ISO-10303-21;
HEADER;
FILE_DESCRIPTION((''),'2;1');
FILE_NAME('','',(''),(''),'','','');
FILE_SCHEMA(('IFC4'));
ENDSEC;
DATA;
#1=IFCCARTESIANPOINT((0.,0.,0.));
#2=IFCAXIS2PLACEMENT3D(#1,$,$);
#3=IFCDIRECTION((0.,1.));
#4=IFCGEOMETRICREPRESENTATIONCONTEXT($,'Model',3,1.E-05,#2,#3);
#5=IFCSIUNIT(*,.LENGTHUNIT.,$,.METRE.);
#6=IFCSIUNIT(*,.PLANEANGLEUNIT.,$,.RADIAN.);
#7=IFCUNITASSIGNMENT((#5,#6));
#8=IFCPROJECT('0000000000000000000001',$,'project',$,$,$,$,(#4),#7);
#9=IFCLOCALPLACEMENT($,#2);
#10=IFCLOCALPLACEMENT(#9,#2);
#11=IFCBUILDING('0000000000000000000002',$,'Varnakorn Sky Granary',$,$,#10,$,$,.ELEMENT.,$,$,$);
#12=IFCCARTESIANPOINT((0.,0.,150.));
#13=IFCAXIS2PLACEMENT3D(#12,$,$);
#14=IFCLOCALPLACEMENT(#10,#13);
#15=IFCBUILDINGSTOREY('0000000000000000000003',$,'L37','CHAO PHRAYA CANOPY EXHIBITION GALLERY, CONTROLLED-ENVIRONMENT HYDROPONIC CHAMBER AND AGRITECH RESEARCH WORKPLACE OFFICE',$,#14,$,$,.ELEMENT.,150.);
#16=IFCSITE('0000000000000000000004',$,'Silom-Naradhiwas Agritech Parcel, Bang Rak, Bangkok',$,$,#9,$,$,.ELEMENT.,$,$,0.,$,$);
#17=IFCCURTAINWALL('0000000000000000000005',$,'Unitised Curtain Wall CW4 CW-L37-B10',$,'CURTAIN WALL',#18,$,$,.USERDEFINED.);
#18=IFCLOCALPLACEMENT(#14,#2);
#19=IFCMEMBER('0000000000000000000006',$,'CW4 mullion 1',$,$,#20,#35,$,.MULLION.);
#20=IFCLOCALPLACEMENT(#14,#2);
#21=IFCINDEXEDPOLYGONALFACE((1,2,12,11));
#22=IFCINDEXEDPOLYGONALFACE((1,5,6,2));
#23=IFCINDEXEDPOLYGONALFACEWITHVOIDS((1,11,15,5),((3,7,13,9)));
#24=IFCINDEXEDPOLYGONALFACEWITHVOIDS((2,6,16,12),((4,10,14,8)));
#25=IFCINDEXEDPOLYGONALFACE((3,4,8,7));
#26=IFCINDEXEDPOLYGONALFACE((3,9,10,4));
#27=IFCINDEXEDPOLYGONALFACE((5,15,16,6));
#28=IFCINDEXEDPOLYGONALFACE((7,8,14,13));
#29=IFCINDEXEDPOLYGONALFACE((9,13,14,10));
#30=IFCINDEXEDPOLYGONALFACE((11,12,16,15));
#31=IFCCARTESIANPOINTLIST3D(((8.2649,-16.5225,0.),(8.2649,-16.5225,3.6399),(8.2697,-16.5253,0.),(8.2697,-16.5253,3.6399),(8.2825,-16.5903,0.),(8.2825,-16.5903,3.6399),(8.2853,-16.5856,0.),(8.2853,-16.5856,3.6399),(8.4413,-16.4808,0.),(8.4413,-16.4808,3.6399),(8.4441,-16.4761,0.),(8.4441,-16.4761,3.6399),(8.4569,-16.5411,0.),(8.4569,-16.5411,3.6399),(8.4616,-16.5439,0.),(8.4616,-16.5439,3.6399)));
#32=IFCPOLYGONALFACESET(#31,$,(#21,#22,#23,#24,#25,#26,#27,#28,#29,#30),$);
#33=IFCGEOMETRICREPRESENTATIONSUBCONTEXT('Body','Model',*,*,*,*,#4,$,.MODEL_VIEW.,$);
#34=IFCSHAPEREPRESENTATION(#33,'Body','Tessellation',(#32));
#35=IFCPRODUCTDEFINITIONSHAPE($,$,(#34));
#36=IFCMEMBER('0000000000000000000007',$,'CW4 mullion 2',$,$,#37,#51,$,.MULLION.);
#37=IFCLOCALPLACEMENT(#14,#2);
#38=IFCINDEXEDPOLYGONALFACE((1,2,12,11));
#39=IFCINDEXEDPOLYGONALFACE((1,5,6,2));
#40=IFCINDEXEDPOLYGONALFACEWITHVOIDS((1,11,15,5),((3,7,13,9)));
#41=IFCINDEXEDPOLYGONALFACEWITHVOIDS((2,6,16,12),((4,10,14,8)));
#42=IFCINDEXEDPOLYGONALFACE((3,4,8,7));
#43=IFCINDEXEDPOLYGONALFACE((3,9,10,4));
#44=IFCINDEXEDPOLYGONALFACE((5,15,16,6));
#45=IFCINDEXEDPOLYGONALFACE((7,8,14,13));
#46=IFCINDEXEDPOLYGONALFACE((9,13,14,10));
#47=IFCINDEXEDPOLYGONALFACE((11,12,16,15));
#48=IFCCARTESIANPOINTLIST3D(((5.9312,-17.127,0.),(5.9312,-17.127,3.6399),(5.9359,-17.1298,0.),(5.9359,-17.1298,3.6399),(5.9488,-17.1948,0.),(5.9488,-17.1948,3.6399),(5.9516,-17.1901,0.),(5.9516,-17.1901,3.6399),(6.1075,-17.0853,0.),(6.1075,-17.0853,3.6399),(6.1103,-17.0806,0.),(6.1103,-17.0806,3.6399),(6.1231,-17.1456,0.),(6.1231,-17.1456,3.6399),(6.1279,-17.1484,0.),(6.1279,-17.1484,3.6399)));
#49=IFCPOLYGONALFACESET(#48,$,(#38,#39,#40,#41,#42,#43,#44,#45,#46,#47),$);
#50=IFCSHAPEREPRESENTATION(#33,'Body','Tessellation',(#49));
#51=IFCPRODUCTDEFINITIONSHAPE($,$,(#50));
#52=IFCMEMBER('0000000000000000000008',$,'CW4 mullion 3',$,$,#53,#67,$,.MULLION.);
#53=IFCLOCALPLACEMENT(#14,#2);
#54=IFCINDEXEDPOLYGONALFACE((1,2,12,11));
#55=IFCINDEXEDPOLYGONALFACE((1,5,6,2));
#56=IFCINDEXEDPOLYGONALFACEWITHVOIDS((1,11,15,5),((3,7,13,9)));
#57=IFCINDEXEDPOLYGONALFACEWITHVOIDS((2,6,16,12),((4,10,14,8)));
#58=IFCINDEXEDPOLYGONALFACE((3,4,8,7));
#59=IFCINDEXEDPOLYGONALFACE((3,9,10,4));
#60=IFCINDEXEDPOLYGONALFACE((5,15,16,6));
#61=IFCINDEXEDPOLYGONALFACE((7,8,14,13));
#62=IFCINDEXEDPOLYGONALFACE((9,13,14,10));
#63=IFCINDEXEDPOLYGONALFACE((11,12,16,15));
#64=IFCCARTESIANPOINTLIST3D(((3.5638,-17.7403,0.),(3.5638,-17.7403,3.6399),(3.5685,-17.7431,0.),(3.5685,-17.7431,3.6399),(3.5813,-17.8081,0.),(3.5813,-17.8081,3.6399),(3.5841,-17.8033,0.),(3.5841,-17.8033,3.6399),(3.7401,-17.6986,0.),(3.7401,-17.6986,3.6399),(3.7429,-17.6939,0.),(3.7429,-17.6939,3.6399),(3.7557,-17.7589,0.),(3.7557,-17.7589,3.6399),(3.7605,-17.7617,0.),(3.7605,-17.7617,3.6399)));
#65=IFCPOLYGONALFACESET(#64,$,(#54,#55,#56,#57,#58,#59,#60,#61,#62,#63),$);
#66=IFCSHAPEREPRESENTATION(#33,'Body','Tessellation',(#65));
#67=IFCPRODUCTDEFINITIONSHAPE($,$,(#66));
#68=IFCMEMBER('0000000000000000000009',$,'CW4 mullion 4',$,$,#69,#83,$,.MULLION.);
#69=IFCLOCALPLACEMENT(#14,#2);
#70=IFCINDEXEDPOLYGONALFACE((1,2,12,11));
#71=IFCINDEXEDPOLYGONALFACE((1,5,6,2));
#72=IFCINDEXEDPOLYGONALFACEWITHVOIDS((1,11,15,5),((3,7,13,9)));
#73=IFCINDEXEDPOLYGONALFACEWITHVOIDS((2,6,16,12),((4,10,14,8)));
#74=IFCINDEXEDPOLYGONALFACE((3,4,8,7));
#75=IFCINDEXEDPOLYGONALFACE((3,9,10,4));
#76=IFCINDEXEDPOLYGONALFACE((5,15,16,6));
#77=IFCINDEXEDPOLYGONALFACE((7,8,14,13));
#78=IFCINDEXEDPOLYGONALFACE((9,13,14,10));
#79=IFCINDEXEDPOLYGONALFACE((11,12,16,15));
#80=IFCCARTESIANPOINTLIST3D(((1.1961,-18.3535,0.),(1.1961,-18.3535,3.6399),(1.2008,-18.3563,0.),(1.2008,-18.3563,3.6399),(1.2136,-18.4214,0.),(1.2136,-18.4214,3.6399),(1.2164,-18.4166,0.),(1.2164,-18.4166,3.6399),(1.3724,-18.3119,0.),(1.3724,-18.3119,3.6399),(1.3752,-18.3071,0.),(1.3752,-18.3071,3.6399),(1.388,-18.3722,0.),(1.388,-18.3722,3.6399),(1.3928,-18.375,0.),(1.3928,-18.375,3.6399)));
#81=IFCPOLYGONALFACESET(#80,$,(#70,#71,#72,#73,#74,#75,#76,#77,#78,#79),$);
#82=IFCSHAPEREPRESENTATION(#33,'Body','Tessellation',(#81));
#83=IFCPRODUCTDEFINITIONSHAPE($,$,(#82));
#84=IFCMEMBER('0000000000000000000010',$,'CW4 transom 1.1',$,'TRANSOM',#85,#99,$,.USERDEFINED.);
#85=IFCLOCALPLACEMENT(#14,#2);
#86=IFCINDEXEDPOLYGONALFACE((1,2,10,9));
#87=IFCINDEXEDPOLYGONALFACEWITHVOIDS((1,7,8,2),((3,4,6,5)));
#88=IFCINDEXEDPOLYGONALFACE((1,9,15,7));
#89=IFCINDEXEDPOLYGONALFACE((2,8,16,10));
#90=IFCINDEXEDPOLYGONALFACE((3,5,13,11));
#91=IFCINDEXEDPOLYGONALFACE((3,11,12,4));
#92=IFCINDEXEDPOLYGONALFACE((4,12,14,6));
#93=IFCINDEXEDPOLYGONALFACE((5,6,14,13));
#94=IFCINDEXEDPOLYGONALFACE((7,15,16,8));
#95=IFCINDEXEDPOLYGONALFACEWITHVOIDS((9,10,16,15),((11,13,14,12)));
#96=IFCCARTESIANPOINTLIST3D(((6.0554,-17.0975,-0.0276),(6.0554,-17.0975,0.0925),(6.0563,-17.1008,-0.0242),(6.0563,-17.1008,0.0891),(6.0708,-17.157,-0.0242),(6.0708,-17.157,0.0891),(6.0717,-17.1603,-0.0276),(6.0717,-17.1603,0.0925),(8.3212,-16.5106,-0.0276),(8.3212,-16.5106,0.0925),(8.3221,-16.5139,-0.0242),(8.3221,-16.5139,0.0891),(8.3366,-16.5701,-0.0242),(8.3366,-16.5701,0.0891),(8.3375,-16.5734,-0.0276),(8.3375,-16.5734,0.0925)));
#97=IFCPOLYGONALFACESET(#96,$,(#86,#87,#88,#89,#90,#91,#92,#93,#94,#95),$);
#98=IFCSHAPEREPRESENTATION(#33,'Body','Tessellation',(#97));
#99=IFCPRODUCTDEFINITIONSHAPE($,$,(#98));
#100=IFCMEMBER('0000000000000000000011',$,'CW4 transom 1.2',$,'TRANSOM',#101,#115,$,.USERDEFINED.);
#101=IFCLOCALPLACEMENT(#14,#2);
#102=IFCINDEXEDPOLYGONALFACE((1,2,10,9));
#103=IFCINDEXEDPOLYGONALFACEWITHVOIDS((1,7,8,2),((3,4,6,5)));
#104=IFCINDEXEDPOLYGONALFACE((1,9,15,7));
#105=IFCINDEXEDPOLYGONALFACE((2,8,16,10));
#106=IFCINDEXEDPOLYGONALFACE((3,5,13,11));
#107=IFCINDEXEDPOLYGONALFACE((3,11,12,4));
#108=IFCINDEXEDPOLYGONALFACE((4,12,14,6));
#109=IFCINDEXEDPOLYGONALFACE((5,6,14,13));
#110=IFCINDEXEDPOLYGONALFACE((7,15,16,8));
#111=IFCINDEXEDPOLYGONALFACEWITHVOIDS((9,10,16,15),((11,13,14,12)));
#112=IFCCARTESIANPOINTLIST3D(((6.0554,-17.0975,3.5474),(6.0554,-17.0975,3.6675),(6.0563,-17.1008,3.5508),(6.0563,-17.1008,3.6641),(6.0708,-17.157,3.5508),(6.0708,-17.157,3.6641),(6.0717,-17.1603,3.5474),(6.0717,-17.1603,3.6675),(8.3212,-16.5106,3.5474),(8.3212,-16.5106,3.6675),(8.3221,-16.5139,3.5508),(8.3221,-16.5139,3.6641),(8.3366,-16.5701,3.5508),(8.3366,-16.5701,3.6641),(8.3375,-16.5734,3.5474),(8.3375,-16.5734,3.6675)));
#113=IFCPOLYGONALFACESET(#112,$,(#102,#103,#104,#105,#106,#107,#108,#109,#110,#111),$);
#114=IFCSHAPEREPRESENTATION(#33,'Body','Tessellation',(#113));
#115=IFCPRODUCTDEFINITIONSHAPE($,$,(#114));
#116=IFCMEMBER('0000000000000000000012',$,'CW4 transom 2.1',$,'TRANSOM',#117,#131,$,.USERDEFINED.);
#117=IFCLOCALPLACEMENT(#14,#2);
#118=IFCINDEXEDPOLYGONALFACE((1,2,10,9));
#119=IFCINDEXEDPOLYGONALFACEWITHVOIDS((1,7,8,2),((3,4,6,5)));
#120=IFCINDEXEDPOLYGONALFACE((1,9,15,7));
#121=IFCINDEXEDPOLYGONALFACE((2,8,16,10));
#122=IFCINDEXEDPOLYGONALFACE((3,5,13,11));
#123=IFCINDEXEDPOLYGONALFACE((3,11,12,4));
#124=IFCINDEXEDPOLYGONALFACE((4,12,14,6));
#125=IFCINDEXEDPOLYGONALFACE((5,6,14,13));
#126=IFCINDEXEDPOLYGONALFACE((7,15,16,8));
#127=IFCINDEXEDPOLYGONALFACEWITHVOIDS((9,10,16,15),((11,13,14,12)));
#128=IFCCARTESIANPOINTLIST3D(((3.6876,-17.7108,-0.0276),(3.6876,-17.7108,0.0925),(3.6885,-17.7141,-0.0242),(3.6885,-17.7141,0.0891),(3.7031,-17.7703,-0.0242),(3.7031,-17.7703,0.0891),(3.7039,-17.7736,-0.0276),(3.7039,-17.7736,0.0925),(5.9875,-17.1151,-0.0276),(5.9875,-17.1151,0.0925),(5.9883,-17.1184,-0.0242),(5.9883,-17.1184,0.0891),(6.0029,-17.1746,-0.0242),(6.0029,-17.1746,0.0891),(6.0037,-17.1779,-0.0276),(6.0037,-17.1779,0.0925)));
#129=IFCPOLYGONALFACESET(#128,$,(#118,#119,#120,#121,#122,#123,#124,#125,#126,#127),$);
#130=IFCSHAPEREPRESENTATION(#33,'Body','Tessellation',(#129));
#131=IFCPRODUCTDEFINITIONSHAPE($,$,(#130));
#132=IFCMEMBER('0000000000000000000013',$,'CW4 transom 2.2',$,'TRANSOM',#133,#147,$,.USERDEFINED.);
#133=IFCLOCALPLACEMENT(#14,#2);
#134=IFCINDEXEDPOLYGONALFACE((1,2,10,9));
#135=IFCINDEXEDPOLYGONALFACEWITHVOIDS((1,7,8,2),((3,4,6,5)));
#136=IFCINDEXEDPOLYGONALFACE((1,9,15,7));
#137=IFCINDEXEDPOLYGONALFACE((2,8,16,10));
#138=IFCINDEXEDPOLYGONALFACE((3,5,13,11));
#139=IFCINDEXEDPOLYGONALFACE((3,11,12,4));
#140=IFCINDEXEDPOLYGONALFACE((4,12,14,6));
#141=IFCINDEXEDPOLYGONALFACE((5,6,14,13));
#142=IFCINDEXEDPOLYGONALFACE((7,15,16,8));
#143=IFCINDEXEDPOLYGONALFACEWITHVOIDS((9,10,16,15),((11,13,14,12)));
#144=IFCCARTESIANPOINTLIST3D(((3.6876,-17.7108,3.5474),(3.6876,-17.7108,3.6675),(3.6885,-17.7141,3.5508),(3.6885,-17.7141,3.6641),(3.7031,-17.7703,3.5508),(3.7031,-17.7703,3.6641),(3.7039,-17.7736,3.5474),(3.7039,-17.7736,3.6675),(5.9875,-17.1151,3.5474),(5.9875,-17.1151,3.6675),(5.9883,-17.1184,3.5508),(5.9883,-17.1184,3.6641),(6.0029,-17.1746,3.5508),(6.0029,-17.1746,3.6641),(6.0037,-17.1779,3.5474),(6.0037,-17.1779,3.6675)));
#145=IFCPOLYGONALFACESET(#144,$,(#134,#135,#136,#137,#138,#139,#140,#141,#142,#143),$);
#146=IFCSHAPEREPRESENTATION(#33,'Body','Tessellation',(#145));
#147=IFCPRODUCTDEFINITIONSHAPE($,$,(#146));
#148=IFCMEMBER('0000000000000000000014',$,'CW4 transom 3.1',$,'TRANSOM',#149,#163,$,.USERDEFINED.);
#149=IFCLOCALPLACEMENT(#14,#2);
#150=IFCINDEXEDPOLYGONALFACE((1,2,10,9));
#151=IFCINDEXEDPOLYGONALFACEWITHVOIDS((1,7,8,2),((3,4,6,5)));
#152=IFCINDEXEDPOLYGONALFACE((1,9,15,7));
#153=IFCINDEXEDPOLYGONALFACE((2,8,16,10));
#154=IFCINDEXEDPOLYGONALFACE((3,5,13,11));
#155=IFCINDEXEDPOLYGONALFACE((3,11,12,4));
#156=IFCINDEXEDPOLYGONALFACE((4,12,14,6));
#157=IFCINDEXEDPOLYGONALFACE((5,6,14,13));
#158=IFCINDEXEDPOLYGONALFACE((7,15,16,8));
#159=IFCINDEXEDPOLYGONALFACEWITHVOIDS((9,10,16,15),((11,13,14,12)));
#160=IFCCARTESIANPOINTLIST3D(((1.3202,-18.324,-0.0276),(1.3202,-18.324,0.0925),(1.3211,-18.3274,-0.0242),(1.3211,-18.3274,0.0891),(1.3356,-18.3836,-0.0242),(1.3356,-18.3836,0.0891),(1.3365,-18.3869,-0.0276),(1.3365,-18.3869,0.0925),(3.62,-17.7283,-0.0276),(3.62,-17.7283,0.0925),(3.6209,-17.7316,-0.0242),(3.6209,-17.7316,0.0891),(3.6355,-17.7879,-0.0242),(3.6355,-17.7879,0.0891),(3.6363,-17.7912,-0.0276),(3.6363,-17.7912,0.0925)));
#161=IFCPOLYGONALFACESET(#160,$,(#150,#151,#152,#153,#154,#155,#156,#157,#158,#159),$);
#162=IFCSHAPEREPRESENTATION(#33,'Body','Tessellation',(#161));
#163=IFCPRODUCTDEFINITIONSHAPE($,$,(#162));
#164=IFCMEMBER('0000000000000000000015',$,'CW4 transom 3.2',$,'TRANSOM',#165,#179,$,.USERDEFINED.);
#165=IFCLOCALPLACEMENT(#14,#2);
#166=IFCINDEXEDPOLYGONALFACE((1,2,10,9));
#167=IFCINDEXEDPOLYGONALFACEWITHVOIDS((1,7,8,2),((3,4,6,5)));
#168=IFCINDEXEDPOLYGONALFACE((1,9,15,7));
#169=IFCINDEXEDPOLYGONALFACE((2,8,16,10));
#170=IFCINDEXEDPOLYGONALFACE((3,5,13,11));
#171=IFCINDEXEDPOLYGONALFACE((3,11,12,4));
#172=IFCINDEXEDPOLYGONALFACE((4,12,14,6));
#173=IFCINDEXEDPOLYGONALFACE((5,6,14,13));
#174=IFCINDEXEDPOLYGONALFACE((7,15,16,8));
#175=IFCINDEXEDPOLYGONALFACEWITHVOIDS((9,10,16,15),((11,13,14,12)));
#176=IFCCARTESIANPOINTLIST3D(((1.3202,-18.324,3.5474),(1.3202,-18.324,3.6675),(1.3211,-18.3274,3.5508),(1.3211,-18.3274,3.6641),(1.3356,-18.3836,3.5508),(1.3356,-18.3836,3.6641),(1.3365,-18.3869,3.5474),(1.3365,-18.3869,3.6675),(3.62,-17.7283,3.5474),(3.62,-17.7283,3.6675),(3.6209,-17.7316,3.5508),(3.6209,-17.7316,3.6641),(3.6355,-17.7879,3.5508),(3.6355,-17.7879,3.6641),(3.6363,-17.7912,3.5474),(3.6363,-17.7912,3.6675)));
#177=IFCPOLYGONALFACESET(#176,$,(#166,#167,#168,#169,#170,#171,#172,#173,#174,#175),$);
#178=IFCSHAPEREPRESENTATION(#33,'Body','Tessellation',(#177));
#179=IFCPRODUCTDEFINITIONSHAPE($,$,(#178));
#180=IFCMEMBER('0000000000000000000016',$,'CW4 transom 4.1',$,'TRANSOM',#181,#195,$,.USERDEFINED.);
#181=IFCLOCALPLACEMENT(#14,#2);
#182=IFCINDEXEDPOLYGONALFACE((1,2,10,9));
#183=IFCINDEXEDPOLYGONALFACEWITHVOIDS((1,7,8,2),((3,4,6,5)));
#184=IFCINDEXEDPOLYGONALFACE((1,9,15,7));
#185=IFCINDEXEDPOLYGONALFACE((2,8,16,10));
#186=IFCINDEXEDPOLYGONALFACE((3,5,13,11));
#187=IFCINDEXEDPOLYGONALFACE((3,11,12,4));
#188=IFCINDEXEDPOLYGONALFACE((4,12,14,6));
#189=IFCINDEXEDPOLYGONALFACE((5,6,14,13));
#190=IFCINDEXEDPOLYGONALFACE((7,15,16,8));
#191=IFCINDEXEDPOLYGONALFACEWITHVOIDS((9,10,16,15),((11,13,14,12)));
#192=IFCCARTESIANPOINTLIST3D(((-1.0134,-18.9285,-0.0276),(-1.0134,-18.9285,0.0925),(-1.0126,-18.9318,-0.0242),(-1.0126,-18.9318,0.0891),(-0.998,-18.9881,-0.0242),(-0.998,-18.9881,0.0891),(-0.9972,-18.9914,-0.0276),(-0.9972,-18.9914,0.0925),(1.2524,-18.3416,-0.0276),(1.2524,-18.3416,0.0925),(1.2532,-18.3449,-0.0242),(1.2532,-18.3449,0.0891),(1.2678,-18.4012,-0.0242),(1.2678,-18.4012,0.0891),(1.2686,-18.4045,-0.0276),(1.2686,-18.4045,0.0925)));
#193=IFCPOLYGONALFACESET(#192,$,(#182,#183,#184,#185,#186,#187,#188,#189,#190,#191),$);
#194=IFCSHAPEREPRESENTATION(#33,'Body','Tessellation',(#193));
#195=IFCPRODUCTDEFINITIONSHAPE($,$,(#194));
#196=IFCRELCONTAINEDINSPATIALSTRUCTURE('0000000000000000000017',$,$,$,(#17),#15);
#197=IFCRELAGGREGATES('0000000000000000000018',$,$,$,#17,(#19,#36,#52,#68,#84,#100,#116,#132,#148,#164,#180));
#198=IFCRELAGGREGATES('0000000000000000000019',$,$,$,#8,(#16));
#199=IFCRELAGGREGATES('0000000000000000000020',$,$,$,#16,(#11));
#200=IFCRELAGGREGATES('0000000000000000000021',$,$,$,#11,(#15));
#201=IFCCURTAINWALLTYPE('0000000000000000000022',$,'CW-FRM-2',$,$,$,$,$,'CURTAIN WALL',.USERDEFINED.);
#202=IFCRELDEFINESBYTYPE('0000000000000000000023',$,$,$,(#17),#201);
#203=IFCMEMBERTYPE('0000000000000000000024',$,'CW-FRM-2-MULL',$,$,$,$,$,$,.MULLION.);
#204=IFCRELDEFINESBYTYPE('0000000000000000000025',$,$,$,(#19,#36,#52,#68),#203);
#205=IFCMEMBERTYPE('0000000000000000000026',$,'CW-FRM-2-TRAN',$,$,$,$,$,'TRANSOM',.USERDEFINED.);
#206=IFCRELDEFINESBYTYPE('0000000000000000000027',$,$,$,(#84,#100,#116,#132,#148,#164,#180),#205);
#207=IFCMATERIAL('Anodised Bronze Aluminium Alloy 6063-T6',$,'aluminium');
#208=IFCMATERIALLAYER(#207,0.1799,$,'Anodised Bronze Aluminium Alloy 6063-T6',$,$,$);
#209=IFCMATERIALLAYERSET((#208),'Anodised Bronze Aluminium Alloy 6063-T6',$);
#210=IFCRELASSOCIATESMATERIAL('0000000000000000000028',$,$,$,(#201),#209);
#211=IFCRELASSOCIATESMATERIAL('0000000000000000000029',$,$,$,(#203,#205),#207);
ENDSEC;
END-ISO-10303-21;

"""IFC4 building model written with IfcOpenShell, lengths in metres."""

from ifc_helpers import new_model, si_unit, direction, frame, origin, origin_2d, place, context, subcontext, project, spatial, hollow_rectangle, extrude, material, layer, layer_set, material_profile, profile_set, type_object, element, aggregate, save


model = new_model("IFC4")

# Units and contexts
model_context = context("Model", 3, precision=1e-05, world=origin(), true_north=direction((0.0, 1.0)))
body_context = subcontext(model_context, "Body", "Model", "MODEL_VIEW")
ifc_project = project(units=[si_unit("LENGTHUNIT", "METRE"), si_unit("PLANEANGLEUNIT", "RADIAN")], contexts=[model_context])

# Site, building, storey
site_placement = place(None, origin())
site = spatial("IfcSite", under=ifc_project, at=site_placement, Name="Silom-Naradhiwas Agritech Parcel, Bang Rak, Bangkok", CompositionType="ELEMENT", RefElevation=0.0)
building_placement = place(site_placement, origin())
building = spatial("IfcBuilding", under=site, at=building_placement, Name="Varnakorn Sky Granary", CompositionType="ELEMENT")
storey_placement = place(building_placement, frame((0.0, 0.0, 150.0)))
storey = spatial("IfcBuildingStorey", under=building, at=storey_placement, Name="L37", Description="CHAO PHRAYA CANOPY EXHIBITION GALLERY, CONTROLLED-ENVIRONMENT HYDROPONIC CHAMBER AND AGRITECH RESEARCH WORKPLACE OFFICE", CompositionType="ELEMENT", Elevation=150.0)

# Curtain wall, members
ifc_material_1 = material(Name="Anodised Bronze Aluminium Alloy 6063-T6", Category="aluminium")
ifc_layer_1 = layer(ifc_material_1, 0.1799, Name="Anodised Bronze Aluminium Alloy 6063-T6")
ifc_layer_set_1 = layer_set([ifc_layer_1], Name="Anodised Bronze Aluminium Alloy 6063-T6")
curtain_wall_type = type_object("IfcCurtainWallType", Name="CW-FRM-2", ElementType="CURTAIN WALL", PredefinedType="USERDEFINED", material=ifc_layer_set_1)
curtain_wall_placement = place(storey_placement, origin())
curtain_wall = element("IfcCurtainWall", 1, at=curtain_wall_placement, inside=storey, type_object=curtain_wall_type, Name="Unitised Curtain Wall CW4 CW-L37-B10", ObjectType="CURTAIN WALL", PredefinedType="USERDEFINED")
ifc_material_profile_1 = material_profile(ifc_material_1, hollow_rectangle(XDim=0.0701, YDim=0.1851, WallThickness=0.0039, at=origin_2d()), Name="ALU MULL 70x185")
ifc_profile_set_1 = profile_set([ifc_material_profile_1], Name="Anodised Bronze Aluminium Alloy 6063-T6")
member_type_1 = type_object("IfcMemberType", Name="CW-FRM-2-MULL", PredefinedType="MULLION", material=ifc_profile_set_1)
member_1_placement = place(storey_placement, frame((8.3633, -16.5332, 0.0), z_axis=(0.0, 0.0, 1.0), x_axis=(0.250748, -0.968052, 0.0)))
member_1 = element("IfcMember", 2, at=member_1_placement, type_object=member_type_1, Name="CW4 mullion 1", PredefinedType="MULLION", context=body_context, shape_type="SweptSolid", body=[
    extrude(hollow_rectangle(XDim=0.0701, YDim=0.1851, WallThickness=0.0039, at=origin_2d()), origin(), (0.0, 0.0, 1.0), 3.6399),
])
member_2_placement = place(storey_placement, frame((6.0295, -17.1377, 0.0), z_axis=(0.0, 0.0, 1.0), x_axis=(0.250748, -0.968052, 0.0)))
member_2 = element("IfcMember", 3, at=member_2_placement, type_object=member_type_1, Name="CW4 mullion 2", PredefinedType="MULLION", context=body_context, shape_type="SweptSolid", body=[
    extrude(hollow_rectangle(XDim=0.0701, YDim=0.1851, WallThickness=0.0039, at=origin_2d()), origin(), (0.0, 0.0, 1.0), 3.6399),
])
member_3_placement = place(storey_placement, frame((3.6621, -17.751, 0.0), z_axis=(0.0, 0.0, 1.0), x_axis=(0.250748, -0.968052, 0.0)))
member_3 = element("IfcMember", 4, at=member_3_placement, type_object=member_type_1, Name="CW4 mullion 3", PredefinedType="MULLION", context=body_context, shape_type="SweptSolid", body=[
    extrude(hollow_rectangle(XDim=0.0701, YDim=0.1851, WallThickness=0.0039, at=origin_2d()), origin(), (0.0, 0.0, 1.0), 3.6399),
])
member_4_placement = place(storey_placement, frame((1.2944, -18.3643, 0.0), z_axis=(0.0, 0.0, 1.0), x_axis=(0.250748, -0.968052, 0.0)))
member_4 = element("IfcMember", 5, at=member_4_placement, type_object=member_type_1, Name="CW4 mullion 4", PredefinedType="MULLION", context=body_context, shape_type="SweptSolid", body=[
    extrude(hollow_rectangle(XDim=0.0701, YDim=0.1851, WallThickness=0.0039, at=origin_2d()), origin(), (0.0, 0.0, 1.0), 3.6399),
])
ifc_material_profile_2 = material_profile(ifc_material_1, hollow_rectangle(XDim=0.0649, YDim=0.1201, WallThickness=0.0034, at=origin_2d()), Name="ALU TRAN 65x120")
ifc_profile_set_2 = profile_set([ifc_material_profile_2], Name="Anodised Bronze Aluminium Alloy 6063-T6")
member_type_2 = type_object("IfcMemberType", Name="CW-FRM-2-TRAN", ElementType="TRANSOM", PredefinedType="USERDEFINED", material=ifc_profile_set_2)
member_5_placement = place(storey_placement, frame((8.3293, -16.542, 0.0325), z_axis=(-0.968052, -0.250749, 0.0), x_axis=(0.250749, -0.968052, 0.0)))
member_5 = element("IfcMember", 6, at=member_5_placement, type_object=member_type_2, Name="CW4 transom 1.1", ObjectType="TRANSOM", PredefinedType="USERDEFINED", context=body_context, shape_type="SweptSolid", body=[
    extrude(hollow_rectangle(XDim=0.0649, YDim=0.1201, WallThickness=0.0034, at=origin_2d()), origin(), (0.0, 0.0, 1.0), 2.3406),
])
member_6_placement = place(storey_placement, frame((8.3293, -16.542, 3.6074), z_axis=(-0.968052, -0.250749, 0.0), x_axis=(0.250749, -0.968052, 0.0)))
member_6 = element("IfcMember", 7, at=member_6_placement, type_object=member_type_2, Name="CW4 transom 1.2", ObjectType="TRANSOM", PredefinedType="USERDEFINED", context=body_context, shape_type="SweptSolid", body=[
    extrude(hollow_rectangle(XDim=0.0649, YDim=0.1201, WallThickness=0.0034, at=origin_2d()), origin(), (0.0, 0.0, 1.0), 2.3406),
])
member_7_placement = place(storey_placement, frame((5.9956, -17.1465, 0.0325), z_axis=(-0.968052, -0.250748, 0.0), x_axis=(0.250748, -0.968052, 0.0)))
member_7 = element("IfcMember", 8, at=member_7_placement, type_object=member_type_2, Name="CW4 transom 2.1", ObjectType="TRANSOM", PredefinedType="USERDEFINED", context=body_context, shape_type="SweptSolid", body=[
    extrude(hollow_rectangle(XDim=0.0649, YDim=0.1201, WallThickness=0.0034, at=origin_2d()), origin(), (0.0, 0.0, 1.0), 2.3757),
])
member_8_placement = place(storey_placement, frame((5.9956, -17.1465, 3.6074), z_axis=(-0.968052, -0.250748, 0.0), x_axis=(0.250748, -0.968052, 0.0)))
member_8 = element("IfcMember", 9, at=member_8_placement, type_object=member_type_2, Name="CW4 transom 2.2", ObjectType="TRANSOM", PredefinedType="USERDEFINED", context=body_context, shape_type="SweptSolid", body=[
    extrude(hollow_rectangle(XDim=0.0649, YDim=0.1201, WallThickness=0.0034, at=origin_2d()), origin(), (0.0, 0.0, 1.0), 2.3757),
])
member_9_placement = place(storey_placement, frame((3.6282, -17.7598, 0.0325), z_axis=(-0.968052, -0.250748, 0.0), x_axis=(0.250748, -0.968052, 0.0)))
member_9 = element("IfcMember", 10, at=member_9_placement, type_object=member_type_2, Name="CW4 transom 3.1", ObjectType="TRANSOM", PredefinedType="USERDEFINED", context=body_context, shape_type="SweptSolid", body=[
    extrude(hollow_rectangle(XDim=0.0649, YDim=0.1201, WallThickness=0.0034, at=origin_2d()), origin(), (0.0, 0.0, 1.0), 2.3757),
])
member_10_placement = place(storey_placement, frame((3.6282, -17.7598, 3.6074), z_axis=(-0.968052, -0.250748, 0.0), x_axis=(0.250748, -0.968052, 0.0)))
member_10 = element("IfcMember", 11, at=member_10_placement, type_object=member_type_2, Name="CW4 transom 3.2", ObjectType="TRANSOM", PredefinedType="USERDEFINED", context=body_context, shape_type="SweptSolid", body=[
    extrude(hollow_rectangle(XDim=0.0649, YDim=0.1201, WallThickness=0.0034, at=origin_2d()), origin(), (0.0, 0.0, 1.0), 2.3757),
])
member_11_placement = place(storey_placement, frame((1.2605, -18.373, 0.0325), z_axis=(-0.968052, -0.250749, 0.0), x_axis=(0.250749, -0.968052, 0.0)))
member_11 = element("IfcMember", 12, at=member_11_placement, type_object=member_type_2, Name="CW4 transom 4.1", ObjectType="TRANSOM", PredefinedType="USERDEFINED", context=body_context, shape_type="SweptSolid", body=[
    extrude(hollow_rectangle(XDim=0.0649, YDim=0.1201, WallThickness=0.0034, at=origin_2d()), origin(), (0.0, 0.0, 1.0), 2.3406),
])

aggregate(curtain_wall, [member_1, member_2, member_3, member_4, member_5, member_6, member_7, member_8, member_9, member_10, member_11])

save(model, "model.ifc")
